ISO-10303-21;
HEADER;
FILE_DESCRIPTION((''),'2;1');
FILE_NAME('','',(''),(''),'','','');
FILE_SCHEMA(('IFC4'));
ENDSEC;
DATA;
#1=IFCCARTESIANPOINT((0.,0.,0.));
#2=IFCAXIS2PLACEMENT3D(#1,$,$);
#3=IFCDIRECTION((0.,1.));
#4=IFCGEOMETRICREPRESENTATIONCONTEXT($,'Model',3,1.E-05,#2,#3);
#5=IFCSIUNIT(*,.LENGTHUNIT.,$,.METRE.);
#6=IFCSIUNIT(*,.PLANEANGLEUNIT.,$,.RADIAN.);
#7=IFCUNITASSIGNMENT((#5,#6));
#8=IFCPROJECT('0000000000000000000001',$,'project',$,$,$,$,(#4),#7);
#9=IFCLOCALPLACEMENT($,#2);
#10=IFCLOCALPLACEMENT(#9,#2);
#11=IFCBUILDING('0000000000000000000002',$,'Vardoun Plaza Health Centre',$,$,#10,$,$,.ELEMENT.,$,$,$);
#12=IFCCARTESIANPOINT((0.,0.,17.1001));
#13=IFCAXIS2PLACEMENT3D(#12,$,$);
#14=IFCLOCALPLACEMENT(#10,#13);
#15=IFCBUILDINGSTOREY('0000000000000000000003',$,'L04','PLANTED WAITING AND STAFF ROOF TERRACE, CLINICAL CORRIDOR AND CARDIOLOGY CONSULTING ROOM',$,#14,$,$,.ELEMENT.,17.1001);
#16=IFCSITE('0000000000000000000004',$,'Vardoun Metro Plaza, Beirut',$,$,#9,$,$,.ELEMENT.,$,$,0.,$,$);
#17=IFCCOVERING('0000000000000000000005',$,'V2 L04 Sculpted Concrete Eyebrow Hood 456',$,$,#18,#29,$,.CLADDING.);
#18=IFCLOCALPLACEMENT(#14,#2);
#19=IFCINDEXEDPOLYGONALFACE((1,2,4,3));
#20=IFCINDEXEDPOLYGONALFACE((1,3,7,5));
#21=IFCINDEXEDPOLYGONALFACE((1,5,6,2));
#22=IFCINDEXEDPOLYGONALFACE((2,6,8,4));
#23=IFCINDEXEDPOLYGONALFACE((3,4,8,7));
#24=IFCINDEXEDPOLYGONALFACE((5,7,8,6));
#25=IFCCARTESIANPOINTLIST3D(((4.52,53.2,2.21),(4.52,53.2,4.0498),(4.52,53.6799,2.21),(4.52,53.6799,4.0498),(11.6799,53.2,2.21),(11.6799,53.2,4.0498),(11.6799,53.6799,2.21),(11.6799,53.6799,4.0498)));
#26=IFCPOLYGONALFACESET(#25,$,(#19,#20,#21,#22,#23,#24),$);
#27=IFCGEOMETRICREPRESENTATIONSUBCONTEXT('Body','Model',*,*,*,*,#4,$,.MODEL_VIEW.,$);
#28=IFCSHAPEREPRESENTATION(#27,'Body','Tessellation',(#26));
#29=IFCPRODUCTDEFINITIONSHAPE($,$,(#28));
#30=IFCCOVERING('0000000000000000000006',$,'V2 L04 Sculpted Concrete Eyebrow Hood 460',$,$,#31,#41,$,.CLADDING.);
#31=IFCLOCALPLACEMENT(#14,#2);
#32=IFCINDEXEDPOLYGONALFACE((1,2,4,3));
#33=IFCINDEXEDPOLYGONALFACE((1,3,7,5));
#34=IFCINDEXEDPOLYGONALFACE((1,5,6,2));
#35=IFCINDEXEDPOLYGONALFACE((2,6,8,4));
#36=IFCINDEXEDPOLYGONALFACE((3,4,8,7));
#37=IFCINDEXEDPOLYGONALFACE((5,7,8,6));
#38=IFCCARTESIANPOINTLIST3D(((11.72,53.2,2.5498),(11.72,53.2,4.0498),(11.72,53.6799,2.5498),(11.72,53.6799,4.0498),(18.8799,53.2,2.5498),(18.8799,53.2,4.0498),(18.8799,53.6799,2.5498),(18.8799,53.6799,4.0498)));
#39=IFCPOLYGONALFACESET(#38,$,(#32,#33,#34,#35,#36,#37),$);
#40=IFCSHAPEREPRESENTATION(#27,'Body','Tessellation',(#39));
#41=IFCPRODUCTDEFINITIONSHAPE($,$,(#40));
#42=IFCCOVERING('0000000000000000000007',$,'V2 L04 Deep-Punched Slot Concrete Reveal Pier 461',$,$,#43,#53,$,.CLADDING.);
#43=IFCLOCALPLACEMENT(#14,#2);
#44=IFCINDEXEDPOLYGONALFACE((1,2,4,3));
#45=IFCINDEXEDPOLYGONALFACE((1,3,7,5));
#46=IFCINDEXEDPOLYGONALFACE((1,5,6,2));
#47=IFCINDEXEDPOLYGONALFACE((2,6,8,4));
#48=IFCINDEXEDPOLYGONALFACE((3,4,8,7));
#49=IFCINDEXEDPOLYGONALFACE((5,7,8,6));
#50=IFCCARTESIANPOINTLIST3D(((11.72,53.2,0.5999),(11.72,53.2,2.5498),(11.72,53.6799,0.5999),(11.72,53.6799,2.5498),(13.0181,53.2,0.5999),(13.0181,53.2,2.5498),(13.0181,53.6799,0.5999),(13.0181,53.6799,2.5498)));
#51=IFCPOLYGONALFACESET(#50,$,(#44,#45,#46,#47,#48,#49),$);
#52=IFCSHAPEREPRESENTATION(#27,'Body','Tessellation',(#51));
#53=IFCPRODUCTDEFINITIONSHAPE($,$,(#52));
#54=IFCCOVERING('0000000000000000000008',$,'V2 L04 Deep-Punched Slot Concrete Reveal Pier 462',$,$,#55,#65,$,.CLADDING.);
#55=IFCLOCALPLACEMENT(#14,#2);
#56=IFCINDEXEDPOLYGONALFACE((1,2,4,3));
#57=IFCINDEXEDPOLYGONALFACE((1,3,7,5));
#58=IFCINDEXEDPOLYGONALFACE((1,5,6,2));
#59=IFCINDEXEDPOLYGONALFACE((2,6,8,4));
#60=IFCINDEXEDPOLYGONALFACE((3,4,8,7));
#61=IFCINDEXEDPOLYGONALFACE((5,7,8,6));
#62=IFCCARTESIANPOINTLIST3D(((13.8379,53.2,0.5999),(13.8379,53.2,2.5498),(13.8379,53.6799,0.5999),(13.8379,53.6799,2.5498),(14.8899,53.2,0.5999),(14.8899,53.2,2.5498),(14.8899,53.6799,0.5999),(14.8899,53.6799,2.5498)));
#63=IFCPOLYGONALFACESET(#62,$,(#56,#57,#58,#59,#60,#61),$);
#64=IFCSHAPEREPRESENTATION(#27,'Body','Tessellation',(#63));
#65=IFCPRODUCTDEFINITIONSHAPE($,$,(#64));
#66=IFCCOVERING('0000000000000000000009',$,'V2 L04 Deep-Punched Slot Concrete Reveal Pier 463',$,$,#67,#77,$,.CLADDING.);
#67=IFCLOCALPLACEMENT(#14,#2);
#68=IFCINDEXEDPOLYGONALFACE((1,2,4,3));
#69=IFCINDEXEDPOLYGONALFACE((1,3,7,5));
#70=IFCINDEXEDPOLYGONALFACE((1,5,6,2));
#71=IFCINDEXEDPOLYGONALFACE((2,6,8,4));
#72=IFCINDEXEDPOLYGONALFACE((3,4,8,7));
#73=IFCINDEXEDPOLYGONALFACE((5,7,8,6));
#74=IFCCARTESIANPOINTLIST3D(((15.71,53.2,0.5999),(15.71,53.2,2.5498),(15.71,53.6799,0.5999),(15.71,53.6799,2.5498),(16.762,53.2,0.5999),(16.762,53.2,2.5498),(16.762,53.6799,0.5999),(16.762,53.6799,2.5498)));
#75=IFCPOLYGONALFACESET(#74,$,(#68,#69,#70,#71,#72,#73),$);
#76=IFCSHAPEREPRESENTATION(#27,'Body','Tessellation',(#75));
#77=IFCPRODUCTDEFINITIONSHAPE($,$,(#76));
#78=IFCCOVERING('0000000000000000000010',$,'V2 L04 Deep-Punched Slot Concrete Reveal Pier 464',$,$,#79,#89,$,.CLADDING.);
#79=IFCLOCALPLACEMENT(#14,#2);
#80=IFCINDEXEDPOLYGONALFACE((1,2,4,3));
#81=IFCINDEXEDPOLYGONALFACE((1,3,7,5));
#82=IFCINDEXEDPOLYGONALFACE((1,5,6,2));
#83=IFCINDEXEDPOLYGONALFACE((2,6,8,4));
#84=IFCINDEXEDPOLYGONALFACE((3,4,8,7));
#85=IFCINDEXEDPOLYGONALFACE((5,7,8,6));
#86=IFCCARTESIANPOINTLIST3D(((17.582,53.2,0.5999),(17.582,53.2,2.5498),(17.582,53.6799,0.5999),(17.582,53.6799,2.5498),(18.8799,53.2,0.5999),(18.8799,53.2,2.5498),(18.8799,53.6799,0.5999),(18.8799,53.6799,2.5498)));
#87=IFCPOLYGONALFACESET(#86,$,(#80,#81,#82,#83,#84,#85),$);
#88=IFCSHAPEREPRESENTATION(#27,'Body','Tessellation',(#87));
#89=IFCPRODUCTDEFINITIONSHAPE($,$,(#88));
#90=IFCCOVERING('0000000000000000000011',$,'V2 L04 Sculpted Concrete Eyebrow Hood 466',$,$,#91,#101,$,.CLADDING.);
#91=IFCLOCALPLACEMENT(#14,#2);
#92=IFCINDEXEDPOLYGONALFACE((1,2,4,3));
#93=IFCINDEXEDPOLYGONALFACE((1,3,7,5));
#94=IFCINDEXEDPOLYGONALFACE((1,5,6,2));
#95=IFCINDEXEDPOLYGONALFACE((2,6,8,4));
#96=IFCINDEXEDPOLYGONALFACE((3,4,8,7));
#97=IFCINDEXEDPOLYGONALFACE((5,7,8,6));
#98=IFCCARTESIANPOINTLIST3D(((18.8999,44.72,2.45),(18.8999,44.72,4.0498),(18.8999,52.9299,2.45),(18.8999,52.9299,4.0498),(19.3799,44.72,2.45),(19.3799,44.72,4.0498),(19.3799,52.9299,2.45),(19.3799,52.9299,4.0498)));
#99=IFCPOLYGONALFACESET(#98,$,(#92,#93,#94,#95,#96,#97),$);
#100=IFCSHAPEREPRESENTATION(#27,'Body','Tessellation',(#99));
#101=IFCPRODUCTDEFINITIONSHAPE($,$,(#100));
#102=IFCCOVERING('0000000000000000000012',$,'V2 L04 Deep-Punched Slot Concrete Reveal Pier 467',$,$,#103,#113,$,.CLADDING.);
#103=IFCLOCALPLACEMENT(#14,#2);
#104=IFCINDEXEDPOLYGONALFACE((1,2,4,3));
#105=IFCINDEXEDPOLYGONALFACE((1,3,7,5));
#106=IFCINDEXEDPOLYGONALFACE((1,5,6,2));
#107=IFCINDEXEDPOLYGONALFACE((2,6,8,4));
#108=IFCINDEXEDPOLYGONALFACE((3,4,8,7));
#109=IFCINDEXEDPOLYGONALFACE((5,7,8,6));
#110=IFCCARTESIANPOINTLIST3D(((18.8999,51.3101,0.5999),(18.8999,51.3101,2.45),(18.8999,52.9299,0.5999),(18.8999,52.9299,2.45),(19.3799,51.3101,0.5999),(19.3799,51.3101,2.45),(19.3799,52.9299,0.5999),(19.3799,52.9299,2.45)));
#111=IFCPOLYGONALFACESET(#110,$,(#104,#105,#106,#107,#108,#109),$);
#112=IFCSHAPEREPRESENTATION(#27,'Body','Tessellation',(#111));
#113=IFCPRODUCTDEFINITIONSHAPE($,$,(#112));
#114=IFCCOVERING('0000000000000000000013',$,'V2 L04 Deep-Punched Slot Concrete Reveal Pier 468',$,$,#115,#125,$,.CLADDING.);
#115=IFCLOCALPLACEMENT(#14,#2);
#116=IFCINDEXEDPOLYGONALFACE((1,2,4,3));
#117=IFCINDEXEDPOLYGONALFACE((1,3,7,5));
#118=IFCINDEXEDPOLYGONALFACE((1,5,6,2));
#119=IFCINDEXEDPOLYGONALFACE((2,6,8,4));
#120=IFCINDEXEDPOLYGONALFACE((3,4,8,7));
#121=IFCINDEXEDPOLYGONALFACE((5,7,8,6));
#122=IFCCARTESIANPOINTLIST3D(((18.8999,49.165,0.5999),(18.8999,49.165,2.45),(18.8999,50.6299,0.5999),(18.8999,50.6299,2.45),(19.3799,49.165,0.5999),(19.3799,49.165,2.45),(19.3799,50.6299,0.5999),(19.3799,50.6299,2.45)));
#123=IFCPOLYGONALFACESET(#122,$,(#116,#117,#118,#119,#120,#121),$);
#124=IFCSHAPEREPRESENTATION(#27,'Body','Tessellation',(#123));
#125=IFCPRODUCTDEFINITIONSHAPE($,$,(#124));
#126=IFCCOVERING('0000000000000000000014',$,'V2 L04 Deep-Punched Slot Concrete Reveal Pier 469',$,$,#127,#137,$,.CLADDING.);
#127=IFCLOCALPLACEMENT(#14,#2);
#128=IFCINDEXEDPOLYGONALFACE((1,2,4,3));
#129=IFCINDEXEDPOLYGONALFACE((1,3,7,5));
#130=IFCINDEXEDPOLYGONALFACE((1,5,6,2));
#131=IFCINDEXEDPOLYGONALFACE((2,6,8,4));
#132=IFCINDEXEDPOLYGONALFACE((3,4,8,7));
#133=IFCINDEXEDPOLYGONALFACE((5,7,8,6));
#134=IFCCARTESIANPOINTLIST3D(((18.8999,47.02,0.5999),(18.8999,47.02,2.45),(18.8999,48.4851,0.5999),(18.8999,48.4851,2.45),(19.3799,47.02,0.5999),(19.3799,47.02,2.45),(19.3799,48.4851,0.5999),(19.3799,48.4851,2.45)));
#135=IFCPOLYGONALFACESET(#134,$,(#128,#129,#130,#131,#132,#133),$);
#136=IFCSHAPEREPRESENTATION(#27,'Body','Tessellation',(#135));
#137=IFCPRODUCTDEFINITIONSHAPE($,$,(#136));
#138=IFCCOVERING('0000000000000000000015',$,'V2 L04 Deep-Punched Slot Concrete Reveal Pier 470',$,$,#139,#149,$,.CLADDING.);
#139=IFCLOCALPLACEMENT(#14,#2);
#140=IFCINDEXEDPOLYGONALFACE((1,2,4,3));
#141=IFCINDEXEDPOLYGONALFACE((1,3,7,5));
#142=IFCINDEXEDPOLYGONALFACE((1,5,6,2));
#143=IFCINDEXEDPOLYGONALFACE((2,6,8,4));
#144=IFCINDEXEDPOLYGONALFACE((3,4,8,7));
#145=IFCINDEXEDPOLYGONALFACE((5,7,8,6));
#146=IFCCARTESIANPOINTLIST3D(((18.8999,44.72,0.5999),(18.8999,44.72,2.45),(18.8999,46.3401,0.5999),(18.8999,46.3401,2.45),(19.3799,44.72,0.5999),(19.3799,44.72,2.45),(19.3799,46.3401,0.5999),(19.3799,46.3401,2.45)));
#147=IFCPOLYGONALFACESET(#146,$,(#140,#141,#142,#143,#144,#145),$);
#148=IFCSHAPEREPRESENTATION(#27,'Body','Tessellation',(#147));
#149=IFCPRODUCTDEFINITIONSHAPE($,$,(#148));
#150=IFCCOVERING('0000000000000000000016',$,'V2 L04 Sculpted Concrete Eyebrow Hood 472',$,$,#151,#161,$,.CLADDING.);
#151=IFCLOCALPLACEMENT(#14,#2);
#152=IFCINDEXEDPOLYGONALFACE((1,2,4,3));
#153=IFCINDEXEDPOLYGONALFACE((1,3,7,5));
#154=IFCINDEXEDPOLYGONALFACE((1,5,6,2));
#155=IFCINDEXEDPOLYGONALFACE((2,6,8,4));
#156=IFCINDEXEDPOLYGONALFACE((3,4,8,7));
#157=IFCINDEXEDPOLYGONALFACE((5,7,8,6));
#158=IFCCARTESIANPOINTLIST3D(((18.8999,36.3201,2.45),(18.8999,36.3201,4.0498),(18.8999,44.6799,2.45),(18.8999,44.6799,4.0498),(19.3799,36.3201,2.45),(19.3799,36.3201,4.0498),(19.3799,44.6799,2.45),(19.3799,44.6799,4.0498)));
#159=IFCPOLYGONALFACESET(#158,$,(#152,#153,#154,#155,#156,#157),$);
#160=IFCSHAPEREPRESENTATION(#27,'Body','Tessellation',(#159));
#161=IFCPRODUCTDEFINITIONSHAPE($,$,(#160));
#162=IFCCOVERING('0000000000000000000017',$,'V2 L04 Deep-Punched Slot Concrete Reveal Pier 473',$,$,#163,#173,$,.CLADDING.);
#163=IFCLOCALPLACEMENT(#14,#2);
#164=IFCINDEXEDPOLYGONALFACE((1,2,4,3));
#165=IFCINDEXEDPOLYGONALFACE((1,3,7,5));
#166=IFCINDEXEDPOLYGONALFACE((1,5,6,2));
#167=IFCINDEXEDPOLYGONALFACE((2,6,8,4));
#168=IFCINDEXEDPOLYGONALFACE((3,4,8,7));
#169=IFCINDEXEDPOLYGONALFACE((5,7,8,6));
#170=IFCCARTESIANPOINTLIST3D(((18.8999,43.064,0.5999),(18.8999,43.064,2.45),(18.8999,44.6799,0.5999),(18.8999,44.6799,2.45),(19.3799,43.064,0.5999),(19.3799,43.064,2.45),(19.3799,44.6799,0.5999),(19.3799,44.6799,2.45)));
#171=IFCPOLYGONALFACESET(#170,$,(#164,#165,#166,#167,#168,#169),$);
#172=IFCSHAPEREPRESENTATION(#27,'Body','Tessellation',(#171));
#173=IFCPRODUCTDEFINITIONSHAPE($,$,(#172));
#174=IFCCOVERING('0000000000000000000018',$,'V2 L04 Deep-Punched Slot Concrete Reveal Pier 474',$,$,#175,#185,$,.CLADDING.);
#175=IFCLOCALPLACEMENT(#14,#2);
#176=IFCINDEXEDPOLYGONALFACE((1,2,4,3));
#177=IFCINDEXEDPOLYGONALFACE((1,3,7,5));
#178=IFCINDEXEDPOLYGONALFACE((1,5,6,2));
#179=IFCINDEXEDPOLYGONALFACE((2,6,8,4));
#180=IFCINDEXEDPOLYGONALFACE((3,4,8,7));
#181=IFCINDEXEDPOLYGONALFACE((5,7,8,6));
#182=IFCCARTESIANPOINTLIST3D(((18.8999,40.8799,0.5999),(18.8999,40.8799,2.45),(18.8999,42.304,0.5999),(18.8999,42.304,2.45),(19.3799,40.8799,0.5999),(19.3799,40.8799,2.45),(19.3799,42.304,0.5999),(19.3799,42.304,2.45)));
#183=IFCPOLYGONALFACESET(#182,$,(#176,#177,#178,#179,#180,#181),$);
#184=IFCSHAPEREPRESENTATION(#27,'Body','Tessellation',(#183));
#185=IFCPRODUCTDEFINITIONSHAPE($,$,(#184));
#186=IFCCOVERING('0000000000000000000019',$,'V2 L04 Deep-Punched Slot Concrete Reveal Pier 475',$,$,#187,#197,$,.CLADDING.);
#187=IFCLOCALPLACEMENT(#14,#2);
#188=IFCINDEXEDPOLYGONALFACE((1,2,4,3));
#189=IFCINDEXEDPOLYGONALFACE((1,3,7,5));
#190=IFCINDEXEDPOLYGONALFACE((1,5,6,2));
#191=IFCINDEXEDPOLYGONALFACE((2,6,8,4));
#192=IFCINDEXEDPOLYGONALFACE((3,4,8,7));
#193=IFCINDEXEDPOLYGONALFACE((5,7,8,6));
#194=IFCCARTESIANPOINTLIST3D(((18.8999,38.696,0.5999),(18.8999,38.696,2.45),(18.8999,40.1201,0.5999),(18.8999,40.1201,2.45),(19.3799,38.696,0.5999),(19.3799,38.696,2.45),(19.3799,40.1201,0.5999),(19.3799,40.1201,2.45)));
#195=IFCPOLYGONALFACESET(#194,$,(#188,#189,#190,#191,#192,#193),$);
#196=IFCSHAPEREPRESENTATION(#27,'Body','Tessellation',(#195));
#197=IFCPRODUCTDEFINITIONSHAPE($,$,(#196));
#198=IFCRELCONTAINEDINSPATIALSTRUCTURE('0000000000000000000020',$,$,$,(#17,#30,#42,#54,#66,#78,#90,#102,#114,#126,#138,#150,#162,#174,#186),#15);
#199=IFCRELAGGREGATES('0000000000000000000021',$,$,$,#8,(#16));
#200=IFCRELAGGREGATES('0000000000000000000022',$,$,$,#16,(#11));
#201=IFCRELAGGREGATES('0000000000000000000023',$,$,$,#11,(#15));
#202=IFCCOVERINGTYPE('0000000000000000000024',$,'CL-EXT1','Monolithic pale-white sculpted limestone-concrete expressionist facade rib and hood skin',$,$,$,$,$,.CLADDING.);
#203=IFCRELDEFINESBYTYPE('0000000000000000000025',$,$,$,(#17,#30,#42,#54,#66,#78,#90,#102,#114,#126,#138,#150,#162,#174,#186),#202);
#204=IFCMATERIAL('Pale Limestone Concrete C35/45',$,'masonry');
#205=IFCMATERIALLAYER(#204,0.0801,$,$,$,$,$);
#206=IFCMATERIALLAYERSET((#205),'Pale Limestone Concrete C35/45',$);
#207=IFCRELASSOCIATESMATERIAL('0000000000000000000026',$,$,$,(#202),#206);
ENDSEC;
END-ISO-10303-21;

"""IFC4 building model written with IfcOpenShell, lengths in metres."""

from ifc_helpers import new_model, si_unit, direction, frame, origin, place, context, subcontext, project, spatial, polyline, outline, extrude, material, layer, layer_set, type_object, element, save


model = new_model("IFC4")

# Units and contexts
model_context = context("Model", 3, precision=1e-05, world=origin(), true_north=direction((0.0, 1.0)))
body_context = subcontext(model_context, "Body", "Model", "MODEL_VIEW")
ifc_project = project(units=[si_unit("LENGTHUNIT", "METRE"), si_unit("PLANEANGLEUNIT", "RADIAN")], contexts=[model_context])

# Site, building, storey
site_placement = place(None, origin())
site = spatial("IfcSite", under=ifc_project, at=site_placement, Name="Vardoun Metro Plaza, Beirut", CompositionType="ELEMENT", RefElevation=0.0)
building_placement = place(site_placement, origin())
building = spatial("IfcBuilding", under=site, at=building_placement, Name="Vardoun Plaza Health Centre", CompositionType="ELEMENT")
storey_placement = place(building_placement, frame((0.0, 0.0, 17.1001)))
storey = spatial("IfcBuildingStorey", under=building, at=storey_placement, Name="L04", Description="PLANTED WAITING AND STAFF ROOF TERRACE, CLINICAL CORRIDOR AND CARDIOLOGY CONSULTING ROOM", CompositionType="ELEMENT", Elevation=17.1001)

# Coverings
ifc_material = material(Name="Pale Limestone Concrete C35/45", Category="masonry")
ifc_layer = layer(ifc_material, 0.0801)
ifc_layer_set = layer_set([ifc_layer], Name="Pale Limestone Concrete C35/45")
covering_type = type_object("IfcCoveringType", Name="CL-EXT1", Description="Monolithic pale-white sculpted limestone-concrete expressionist facade rib and hood skin", PredefinedType="CLADDING", material=ifc_layer_set)
covering_1_placement = place(storey_placement, frame((0.0, 0.0, 2.21)))
element("IfcCovering", 1, at=covering_1_placement, inside=storey, type_object=covering_type, Name="V2 L04 Sculpted Concrete Eyebrow Hood 456", PredefinedType="CLADDING", context=body_context, shape_type="SweptSolid", body=[
    extrude(outline(polyline([(4.52, 53.2), (11.6799, 53.2), (11.6799, 53.6799), (4.52, 53.6799), (4.52, 53.2)])), origin(), (0.0, 0.0, 1.0), 1.8398),
])
covering_2_placement = place(storey_placement, frame((0.0, 0.0, 2.5498)))
element("IfcCovering", 2, at=covering_2_placement, inside=storey, type_object=covering_type, Name="V2 L04 Sculpted Concrete Eyebrow Hood 460", PredefinedType="CLADDING", context=body_context, shape_type="SweptSolid", body=[
    extrude(outline(polyline([(11.72, 53.2), (18.8799, 53.2), (18.8799, 53.6799), (11.72, 53.6799), (11.72, 53.2)])), origin(), (0.0, 0.0, 1.0), 1.5),
])
covering_3_placement = place(storey_placement, frame((0.0, 0.0, 0.5999)))
element("IfcCovering", 3, at=covering_3_placement, inside=storey, type_object=covering_type, Name="V2 L04 Deep-Punched Slot Concrete Reveal Pier 461", PredefinedType="CLADDING", context=body_context, shape_type="SweptSolid", body=[
    extrude(outline(polyline([(11.72, 53.2), (13.0181, 53.2), (13.0181, 53.6799), (11.72, 53.6799), (11.72, 53.2)])), origin(), (0.0, 0.0, 1.0), 1.95),
])
covering_4_placement = place(storey_placement, frame((0.0, 0.0, 0.5999)))
element("IfcCovering", 4, at=covering_4_placement, inside=storey, type_object=covering_type, Name="V2 L04 Deep-Punched Slot Concrete Reveal Pier 462", PredefinedType="CLADDING", context=body_context, shape_type="SweptSolid", body=[
    extrude(outline(polyline([(13.8379, 53.2), (14.8899, 53.2), (14.8899, 53.6799), (13.8379, 53.6799), (13.8379, 53.2)])), origin(), (0.0, 0.0, 1.0), 1.95),
])
covering_5_placement = place(storey_placement, frame((0.0, 0.0, 0.5999)))
element("IfcCovering", 5, at=covering_5_placement, inside=storey, type_object=covering_type, Name="V2 L04 Deep-Punched Slot Concrete Reveal Pier 463", PredefinedType="CLADDING", context=body_context, shape_type="SweptSolid", body=[
    extrude(outline(polyline([(15.71, 53.2), (16.762, 53.2), (16.762, 53.6799), (15.71, 53.6799), (15.71, 53.2)])), origin(), (0.0, 0.0, 1.0), 1.95),
])
covering_6_placement = place(storey_placement, frame((0.0, 0.0, 0.5999)))
element("IfcCovering", 6, at=covering_6_placement, inside=storey, type_object=covering_type, Name="V2 L04 Deep-Punched Slot Concrete Reveal Pier 464", PredefinedType="CLADDING", context=body_context, shape_type="SweptSolid", body=[
    extrude(outline(polyline([(17.582, 53.2), (18.8799, 53.2), (18.8799, 53.6799), (17.582, 53.6799), (17.582, 53.2)])), origin(), (0.0, 0.0, 1.0), 1.95),
])
covering_7_placement = place(storey_placement, frame((0.0, 0.0, 2.45)))
element("IfcCovering", 7, at=covering_7_placement, inside=storey, type_object=covering_type, Name="V2 L04 Sculpted Concrete Eyebrow Hood 466", PredefinedType="CLADDING", context=body_context, shape_type="SweptSolid", body=[
    extrude(outline(polyline([(18.8999, 52.9299), (18.8999, 44.72), (19.3799, 44.72), (19.3799, 52.9299), (18.8999, 52.9299)])), origin(), (0.0, 0.0, 1.0), 1.5999),
])
covering_8_placement = place(storey_placement, frame((0.0, 0.0, 0.5999)))
element("IfcCovering", 8, at=covering_8_placement, inside=storey, type_object=covering_type, Name="V2 L04 Deep-Punched Slot Concrete Reveal Pier 467", PredefinedType="CLADDING", context=body_context, shape_type="SweptSolid", body=[
    extrude(outline(polyline([(18.8999, 52.9299), (18.8999, 51.3101), (19.3799, 51.3101), (19.3799, 52.9299), (18.8999, 52.9299)])), origin(), (0.0, 0.0, 1.0), 1.8501),
])
covering_9_placement = place(storey_placement, frame((0.0, 0.0, 0.5999)))
element("IfcCovering", 9, at=covering_9_placement, inside=storey, type_object=covering_type, Name="V2 L04 Deep-Punched Slot Concrete Reveal Pier 468", PredefinedType="CLADDING", context=body_context, shape_type="SweptSolid", body=[
    extrude(outline(polyline([(18.8999, 50.6299), (18.8999, 49.165), (19.3799, 49.165), (19.3799, 50.6299), (18.8999, 50.6299)])), origin(), (0.0, 0.0, 1.0), 1.8501),
])
covering_10_placement = place(storey_placement, frame((0.0, 0.0, 0.5999)))
element("IfcCovering", 10, at=covering_10_placement, inside=storey, type_object=covering_type, Name="V2 L04 Deep-Punched Slot Concrete Reveal Pier 469", PredefinedType="CLADDING", context=body_context, shape_type="SweptSolid", body=[
    extrude(outline(polyline([(18.8999, 48.4851), (18.8999, 47.02), (19.3799, 47.02), (19.3799, 48.4851), (18.8999, 48.4851)])), origin(), (0.0, 0.0, 1.0), 1.8501),
])
covering_11_placement = place(storey_placement, frame((0.0, 0.0, 0.5999)))
element("IfcCovering", 11, at=covering_11_placement, inside=storey, type_object=covering_type, Name="V2 L04 Deep-Punched Slot Concrete Reveal Pier 470", PredefinedType="CLADDING", context=body_context, shape_type="SweptSolid", body=[
    extrude(outline(polyline([(18.8999, 46.3401), (18.8999, 44.72), (19.3799, 44.72), (19.3799, 46.3401), (18.8999, 46.3401)])), origin(), (0.0, 0.0, 1.0), 1.8501),
])
covering_12_placement = place(storey_placement, frame((0.0, 0.0, 2.45)))
element("IfcCovering", 12, at=covering_12_placement, inside=storey, type_object=covering_type, Name="V2 L04 Sculpted Concrete Eyebrow Hood 472", PredefinedType="CLADDING", context=body_context, shape_type="SweptSolid", body=[
    extrude(outline(polyline([(18.8999, 44.6799), (18.8999, 36.3201), (19.3799, 36.3201), (19.3799, 44.6799), (18.8999, 44.6799)])), origin(), (0.0, 0.0, 1.0), 1.5999),
])
covering_13_placement = place(storey_placement, frame((0.0, 0.0, 0.5999)))
element("IfcCovering", 13, at=covering_13_placement, inside=storey, type_object=covering_type, Name="V2 L04 Deep-Punched Slot Concrete Reveal Pier 473", PredefinedType="CLADDING", context=body_context, shape_type="SweptSolid", body=[
    extrude(outline(polyline([(18.8999, 44.6799), (18.8999, 43.064), (19.3799, 43.064), (19.3799, 44.6799), (18.8999, 44.6799)])), origin(), (0.0, 0.0, 1.0), 1.8501),
])
covering_14_placement = place(storey_placement, frame((0.0, 0.0, 0.5999)))
element("IfcCovering", 14, at=covering_14_placement, inside=storey, type_object=covering_type, Name="V2 L04 Deep-Punched Slot Concrete Reveal Pier 474", PredefinedType="CLADDING", context=body_context, shape_type="SweptSolid", body=[
    extrude(outline(polyline([(18.8999, 42.304), (18.8999, 40.8799), (19.3799, 40.8799), (19.3799, 42.304), (18.8999, 42.304)])), origin(), (0.0, 0.0, 1.0), 1.8501),
])
covering_15_placement = place(storey_placement, frame((0.0, 0.0, 0.5999)))
element("IfcCovering", 15, at=covering_15_placement, inside=storey, type_object=covering_type, Name="V2 L04 Deep-Punched Slot Concrete Reveal Pier 475", PredefinedType="CLADDING", context=body_context, shape_type="SweptSolid", body=[
    extrude(outline(polyline([(18.8999, 40.1201), (18.8999, 38.696), (19.3799, 38.696), (19.3799, 40.1201), (18.8999, 40.1201)])), origin(), (0.0, 0.0, 1.0), 1.8501),
])

save(model, "model.ifc")
